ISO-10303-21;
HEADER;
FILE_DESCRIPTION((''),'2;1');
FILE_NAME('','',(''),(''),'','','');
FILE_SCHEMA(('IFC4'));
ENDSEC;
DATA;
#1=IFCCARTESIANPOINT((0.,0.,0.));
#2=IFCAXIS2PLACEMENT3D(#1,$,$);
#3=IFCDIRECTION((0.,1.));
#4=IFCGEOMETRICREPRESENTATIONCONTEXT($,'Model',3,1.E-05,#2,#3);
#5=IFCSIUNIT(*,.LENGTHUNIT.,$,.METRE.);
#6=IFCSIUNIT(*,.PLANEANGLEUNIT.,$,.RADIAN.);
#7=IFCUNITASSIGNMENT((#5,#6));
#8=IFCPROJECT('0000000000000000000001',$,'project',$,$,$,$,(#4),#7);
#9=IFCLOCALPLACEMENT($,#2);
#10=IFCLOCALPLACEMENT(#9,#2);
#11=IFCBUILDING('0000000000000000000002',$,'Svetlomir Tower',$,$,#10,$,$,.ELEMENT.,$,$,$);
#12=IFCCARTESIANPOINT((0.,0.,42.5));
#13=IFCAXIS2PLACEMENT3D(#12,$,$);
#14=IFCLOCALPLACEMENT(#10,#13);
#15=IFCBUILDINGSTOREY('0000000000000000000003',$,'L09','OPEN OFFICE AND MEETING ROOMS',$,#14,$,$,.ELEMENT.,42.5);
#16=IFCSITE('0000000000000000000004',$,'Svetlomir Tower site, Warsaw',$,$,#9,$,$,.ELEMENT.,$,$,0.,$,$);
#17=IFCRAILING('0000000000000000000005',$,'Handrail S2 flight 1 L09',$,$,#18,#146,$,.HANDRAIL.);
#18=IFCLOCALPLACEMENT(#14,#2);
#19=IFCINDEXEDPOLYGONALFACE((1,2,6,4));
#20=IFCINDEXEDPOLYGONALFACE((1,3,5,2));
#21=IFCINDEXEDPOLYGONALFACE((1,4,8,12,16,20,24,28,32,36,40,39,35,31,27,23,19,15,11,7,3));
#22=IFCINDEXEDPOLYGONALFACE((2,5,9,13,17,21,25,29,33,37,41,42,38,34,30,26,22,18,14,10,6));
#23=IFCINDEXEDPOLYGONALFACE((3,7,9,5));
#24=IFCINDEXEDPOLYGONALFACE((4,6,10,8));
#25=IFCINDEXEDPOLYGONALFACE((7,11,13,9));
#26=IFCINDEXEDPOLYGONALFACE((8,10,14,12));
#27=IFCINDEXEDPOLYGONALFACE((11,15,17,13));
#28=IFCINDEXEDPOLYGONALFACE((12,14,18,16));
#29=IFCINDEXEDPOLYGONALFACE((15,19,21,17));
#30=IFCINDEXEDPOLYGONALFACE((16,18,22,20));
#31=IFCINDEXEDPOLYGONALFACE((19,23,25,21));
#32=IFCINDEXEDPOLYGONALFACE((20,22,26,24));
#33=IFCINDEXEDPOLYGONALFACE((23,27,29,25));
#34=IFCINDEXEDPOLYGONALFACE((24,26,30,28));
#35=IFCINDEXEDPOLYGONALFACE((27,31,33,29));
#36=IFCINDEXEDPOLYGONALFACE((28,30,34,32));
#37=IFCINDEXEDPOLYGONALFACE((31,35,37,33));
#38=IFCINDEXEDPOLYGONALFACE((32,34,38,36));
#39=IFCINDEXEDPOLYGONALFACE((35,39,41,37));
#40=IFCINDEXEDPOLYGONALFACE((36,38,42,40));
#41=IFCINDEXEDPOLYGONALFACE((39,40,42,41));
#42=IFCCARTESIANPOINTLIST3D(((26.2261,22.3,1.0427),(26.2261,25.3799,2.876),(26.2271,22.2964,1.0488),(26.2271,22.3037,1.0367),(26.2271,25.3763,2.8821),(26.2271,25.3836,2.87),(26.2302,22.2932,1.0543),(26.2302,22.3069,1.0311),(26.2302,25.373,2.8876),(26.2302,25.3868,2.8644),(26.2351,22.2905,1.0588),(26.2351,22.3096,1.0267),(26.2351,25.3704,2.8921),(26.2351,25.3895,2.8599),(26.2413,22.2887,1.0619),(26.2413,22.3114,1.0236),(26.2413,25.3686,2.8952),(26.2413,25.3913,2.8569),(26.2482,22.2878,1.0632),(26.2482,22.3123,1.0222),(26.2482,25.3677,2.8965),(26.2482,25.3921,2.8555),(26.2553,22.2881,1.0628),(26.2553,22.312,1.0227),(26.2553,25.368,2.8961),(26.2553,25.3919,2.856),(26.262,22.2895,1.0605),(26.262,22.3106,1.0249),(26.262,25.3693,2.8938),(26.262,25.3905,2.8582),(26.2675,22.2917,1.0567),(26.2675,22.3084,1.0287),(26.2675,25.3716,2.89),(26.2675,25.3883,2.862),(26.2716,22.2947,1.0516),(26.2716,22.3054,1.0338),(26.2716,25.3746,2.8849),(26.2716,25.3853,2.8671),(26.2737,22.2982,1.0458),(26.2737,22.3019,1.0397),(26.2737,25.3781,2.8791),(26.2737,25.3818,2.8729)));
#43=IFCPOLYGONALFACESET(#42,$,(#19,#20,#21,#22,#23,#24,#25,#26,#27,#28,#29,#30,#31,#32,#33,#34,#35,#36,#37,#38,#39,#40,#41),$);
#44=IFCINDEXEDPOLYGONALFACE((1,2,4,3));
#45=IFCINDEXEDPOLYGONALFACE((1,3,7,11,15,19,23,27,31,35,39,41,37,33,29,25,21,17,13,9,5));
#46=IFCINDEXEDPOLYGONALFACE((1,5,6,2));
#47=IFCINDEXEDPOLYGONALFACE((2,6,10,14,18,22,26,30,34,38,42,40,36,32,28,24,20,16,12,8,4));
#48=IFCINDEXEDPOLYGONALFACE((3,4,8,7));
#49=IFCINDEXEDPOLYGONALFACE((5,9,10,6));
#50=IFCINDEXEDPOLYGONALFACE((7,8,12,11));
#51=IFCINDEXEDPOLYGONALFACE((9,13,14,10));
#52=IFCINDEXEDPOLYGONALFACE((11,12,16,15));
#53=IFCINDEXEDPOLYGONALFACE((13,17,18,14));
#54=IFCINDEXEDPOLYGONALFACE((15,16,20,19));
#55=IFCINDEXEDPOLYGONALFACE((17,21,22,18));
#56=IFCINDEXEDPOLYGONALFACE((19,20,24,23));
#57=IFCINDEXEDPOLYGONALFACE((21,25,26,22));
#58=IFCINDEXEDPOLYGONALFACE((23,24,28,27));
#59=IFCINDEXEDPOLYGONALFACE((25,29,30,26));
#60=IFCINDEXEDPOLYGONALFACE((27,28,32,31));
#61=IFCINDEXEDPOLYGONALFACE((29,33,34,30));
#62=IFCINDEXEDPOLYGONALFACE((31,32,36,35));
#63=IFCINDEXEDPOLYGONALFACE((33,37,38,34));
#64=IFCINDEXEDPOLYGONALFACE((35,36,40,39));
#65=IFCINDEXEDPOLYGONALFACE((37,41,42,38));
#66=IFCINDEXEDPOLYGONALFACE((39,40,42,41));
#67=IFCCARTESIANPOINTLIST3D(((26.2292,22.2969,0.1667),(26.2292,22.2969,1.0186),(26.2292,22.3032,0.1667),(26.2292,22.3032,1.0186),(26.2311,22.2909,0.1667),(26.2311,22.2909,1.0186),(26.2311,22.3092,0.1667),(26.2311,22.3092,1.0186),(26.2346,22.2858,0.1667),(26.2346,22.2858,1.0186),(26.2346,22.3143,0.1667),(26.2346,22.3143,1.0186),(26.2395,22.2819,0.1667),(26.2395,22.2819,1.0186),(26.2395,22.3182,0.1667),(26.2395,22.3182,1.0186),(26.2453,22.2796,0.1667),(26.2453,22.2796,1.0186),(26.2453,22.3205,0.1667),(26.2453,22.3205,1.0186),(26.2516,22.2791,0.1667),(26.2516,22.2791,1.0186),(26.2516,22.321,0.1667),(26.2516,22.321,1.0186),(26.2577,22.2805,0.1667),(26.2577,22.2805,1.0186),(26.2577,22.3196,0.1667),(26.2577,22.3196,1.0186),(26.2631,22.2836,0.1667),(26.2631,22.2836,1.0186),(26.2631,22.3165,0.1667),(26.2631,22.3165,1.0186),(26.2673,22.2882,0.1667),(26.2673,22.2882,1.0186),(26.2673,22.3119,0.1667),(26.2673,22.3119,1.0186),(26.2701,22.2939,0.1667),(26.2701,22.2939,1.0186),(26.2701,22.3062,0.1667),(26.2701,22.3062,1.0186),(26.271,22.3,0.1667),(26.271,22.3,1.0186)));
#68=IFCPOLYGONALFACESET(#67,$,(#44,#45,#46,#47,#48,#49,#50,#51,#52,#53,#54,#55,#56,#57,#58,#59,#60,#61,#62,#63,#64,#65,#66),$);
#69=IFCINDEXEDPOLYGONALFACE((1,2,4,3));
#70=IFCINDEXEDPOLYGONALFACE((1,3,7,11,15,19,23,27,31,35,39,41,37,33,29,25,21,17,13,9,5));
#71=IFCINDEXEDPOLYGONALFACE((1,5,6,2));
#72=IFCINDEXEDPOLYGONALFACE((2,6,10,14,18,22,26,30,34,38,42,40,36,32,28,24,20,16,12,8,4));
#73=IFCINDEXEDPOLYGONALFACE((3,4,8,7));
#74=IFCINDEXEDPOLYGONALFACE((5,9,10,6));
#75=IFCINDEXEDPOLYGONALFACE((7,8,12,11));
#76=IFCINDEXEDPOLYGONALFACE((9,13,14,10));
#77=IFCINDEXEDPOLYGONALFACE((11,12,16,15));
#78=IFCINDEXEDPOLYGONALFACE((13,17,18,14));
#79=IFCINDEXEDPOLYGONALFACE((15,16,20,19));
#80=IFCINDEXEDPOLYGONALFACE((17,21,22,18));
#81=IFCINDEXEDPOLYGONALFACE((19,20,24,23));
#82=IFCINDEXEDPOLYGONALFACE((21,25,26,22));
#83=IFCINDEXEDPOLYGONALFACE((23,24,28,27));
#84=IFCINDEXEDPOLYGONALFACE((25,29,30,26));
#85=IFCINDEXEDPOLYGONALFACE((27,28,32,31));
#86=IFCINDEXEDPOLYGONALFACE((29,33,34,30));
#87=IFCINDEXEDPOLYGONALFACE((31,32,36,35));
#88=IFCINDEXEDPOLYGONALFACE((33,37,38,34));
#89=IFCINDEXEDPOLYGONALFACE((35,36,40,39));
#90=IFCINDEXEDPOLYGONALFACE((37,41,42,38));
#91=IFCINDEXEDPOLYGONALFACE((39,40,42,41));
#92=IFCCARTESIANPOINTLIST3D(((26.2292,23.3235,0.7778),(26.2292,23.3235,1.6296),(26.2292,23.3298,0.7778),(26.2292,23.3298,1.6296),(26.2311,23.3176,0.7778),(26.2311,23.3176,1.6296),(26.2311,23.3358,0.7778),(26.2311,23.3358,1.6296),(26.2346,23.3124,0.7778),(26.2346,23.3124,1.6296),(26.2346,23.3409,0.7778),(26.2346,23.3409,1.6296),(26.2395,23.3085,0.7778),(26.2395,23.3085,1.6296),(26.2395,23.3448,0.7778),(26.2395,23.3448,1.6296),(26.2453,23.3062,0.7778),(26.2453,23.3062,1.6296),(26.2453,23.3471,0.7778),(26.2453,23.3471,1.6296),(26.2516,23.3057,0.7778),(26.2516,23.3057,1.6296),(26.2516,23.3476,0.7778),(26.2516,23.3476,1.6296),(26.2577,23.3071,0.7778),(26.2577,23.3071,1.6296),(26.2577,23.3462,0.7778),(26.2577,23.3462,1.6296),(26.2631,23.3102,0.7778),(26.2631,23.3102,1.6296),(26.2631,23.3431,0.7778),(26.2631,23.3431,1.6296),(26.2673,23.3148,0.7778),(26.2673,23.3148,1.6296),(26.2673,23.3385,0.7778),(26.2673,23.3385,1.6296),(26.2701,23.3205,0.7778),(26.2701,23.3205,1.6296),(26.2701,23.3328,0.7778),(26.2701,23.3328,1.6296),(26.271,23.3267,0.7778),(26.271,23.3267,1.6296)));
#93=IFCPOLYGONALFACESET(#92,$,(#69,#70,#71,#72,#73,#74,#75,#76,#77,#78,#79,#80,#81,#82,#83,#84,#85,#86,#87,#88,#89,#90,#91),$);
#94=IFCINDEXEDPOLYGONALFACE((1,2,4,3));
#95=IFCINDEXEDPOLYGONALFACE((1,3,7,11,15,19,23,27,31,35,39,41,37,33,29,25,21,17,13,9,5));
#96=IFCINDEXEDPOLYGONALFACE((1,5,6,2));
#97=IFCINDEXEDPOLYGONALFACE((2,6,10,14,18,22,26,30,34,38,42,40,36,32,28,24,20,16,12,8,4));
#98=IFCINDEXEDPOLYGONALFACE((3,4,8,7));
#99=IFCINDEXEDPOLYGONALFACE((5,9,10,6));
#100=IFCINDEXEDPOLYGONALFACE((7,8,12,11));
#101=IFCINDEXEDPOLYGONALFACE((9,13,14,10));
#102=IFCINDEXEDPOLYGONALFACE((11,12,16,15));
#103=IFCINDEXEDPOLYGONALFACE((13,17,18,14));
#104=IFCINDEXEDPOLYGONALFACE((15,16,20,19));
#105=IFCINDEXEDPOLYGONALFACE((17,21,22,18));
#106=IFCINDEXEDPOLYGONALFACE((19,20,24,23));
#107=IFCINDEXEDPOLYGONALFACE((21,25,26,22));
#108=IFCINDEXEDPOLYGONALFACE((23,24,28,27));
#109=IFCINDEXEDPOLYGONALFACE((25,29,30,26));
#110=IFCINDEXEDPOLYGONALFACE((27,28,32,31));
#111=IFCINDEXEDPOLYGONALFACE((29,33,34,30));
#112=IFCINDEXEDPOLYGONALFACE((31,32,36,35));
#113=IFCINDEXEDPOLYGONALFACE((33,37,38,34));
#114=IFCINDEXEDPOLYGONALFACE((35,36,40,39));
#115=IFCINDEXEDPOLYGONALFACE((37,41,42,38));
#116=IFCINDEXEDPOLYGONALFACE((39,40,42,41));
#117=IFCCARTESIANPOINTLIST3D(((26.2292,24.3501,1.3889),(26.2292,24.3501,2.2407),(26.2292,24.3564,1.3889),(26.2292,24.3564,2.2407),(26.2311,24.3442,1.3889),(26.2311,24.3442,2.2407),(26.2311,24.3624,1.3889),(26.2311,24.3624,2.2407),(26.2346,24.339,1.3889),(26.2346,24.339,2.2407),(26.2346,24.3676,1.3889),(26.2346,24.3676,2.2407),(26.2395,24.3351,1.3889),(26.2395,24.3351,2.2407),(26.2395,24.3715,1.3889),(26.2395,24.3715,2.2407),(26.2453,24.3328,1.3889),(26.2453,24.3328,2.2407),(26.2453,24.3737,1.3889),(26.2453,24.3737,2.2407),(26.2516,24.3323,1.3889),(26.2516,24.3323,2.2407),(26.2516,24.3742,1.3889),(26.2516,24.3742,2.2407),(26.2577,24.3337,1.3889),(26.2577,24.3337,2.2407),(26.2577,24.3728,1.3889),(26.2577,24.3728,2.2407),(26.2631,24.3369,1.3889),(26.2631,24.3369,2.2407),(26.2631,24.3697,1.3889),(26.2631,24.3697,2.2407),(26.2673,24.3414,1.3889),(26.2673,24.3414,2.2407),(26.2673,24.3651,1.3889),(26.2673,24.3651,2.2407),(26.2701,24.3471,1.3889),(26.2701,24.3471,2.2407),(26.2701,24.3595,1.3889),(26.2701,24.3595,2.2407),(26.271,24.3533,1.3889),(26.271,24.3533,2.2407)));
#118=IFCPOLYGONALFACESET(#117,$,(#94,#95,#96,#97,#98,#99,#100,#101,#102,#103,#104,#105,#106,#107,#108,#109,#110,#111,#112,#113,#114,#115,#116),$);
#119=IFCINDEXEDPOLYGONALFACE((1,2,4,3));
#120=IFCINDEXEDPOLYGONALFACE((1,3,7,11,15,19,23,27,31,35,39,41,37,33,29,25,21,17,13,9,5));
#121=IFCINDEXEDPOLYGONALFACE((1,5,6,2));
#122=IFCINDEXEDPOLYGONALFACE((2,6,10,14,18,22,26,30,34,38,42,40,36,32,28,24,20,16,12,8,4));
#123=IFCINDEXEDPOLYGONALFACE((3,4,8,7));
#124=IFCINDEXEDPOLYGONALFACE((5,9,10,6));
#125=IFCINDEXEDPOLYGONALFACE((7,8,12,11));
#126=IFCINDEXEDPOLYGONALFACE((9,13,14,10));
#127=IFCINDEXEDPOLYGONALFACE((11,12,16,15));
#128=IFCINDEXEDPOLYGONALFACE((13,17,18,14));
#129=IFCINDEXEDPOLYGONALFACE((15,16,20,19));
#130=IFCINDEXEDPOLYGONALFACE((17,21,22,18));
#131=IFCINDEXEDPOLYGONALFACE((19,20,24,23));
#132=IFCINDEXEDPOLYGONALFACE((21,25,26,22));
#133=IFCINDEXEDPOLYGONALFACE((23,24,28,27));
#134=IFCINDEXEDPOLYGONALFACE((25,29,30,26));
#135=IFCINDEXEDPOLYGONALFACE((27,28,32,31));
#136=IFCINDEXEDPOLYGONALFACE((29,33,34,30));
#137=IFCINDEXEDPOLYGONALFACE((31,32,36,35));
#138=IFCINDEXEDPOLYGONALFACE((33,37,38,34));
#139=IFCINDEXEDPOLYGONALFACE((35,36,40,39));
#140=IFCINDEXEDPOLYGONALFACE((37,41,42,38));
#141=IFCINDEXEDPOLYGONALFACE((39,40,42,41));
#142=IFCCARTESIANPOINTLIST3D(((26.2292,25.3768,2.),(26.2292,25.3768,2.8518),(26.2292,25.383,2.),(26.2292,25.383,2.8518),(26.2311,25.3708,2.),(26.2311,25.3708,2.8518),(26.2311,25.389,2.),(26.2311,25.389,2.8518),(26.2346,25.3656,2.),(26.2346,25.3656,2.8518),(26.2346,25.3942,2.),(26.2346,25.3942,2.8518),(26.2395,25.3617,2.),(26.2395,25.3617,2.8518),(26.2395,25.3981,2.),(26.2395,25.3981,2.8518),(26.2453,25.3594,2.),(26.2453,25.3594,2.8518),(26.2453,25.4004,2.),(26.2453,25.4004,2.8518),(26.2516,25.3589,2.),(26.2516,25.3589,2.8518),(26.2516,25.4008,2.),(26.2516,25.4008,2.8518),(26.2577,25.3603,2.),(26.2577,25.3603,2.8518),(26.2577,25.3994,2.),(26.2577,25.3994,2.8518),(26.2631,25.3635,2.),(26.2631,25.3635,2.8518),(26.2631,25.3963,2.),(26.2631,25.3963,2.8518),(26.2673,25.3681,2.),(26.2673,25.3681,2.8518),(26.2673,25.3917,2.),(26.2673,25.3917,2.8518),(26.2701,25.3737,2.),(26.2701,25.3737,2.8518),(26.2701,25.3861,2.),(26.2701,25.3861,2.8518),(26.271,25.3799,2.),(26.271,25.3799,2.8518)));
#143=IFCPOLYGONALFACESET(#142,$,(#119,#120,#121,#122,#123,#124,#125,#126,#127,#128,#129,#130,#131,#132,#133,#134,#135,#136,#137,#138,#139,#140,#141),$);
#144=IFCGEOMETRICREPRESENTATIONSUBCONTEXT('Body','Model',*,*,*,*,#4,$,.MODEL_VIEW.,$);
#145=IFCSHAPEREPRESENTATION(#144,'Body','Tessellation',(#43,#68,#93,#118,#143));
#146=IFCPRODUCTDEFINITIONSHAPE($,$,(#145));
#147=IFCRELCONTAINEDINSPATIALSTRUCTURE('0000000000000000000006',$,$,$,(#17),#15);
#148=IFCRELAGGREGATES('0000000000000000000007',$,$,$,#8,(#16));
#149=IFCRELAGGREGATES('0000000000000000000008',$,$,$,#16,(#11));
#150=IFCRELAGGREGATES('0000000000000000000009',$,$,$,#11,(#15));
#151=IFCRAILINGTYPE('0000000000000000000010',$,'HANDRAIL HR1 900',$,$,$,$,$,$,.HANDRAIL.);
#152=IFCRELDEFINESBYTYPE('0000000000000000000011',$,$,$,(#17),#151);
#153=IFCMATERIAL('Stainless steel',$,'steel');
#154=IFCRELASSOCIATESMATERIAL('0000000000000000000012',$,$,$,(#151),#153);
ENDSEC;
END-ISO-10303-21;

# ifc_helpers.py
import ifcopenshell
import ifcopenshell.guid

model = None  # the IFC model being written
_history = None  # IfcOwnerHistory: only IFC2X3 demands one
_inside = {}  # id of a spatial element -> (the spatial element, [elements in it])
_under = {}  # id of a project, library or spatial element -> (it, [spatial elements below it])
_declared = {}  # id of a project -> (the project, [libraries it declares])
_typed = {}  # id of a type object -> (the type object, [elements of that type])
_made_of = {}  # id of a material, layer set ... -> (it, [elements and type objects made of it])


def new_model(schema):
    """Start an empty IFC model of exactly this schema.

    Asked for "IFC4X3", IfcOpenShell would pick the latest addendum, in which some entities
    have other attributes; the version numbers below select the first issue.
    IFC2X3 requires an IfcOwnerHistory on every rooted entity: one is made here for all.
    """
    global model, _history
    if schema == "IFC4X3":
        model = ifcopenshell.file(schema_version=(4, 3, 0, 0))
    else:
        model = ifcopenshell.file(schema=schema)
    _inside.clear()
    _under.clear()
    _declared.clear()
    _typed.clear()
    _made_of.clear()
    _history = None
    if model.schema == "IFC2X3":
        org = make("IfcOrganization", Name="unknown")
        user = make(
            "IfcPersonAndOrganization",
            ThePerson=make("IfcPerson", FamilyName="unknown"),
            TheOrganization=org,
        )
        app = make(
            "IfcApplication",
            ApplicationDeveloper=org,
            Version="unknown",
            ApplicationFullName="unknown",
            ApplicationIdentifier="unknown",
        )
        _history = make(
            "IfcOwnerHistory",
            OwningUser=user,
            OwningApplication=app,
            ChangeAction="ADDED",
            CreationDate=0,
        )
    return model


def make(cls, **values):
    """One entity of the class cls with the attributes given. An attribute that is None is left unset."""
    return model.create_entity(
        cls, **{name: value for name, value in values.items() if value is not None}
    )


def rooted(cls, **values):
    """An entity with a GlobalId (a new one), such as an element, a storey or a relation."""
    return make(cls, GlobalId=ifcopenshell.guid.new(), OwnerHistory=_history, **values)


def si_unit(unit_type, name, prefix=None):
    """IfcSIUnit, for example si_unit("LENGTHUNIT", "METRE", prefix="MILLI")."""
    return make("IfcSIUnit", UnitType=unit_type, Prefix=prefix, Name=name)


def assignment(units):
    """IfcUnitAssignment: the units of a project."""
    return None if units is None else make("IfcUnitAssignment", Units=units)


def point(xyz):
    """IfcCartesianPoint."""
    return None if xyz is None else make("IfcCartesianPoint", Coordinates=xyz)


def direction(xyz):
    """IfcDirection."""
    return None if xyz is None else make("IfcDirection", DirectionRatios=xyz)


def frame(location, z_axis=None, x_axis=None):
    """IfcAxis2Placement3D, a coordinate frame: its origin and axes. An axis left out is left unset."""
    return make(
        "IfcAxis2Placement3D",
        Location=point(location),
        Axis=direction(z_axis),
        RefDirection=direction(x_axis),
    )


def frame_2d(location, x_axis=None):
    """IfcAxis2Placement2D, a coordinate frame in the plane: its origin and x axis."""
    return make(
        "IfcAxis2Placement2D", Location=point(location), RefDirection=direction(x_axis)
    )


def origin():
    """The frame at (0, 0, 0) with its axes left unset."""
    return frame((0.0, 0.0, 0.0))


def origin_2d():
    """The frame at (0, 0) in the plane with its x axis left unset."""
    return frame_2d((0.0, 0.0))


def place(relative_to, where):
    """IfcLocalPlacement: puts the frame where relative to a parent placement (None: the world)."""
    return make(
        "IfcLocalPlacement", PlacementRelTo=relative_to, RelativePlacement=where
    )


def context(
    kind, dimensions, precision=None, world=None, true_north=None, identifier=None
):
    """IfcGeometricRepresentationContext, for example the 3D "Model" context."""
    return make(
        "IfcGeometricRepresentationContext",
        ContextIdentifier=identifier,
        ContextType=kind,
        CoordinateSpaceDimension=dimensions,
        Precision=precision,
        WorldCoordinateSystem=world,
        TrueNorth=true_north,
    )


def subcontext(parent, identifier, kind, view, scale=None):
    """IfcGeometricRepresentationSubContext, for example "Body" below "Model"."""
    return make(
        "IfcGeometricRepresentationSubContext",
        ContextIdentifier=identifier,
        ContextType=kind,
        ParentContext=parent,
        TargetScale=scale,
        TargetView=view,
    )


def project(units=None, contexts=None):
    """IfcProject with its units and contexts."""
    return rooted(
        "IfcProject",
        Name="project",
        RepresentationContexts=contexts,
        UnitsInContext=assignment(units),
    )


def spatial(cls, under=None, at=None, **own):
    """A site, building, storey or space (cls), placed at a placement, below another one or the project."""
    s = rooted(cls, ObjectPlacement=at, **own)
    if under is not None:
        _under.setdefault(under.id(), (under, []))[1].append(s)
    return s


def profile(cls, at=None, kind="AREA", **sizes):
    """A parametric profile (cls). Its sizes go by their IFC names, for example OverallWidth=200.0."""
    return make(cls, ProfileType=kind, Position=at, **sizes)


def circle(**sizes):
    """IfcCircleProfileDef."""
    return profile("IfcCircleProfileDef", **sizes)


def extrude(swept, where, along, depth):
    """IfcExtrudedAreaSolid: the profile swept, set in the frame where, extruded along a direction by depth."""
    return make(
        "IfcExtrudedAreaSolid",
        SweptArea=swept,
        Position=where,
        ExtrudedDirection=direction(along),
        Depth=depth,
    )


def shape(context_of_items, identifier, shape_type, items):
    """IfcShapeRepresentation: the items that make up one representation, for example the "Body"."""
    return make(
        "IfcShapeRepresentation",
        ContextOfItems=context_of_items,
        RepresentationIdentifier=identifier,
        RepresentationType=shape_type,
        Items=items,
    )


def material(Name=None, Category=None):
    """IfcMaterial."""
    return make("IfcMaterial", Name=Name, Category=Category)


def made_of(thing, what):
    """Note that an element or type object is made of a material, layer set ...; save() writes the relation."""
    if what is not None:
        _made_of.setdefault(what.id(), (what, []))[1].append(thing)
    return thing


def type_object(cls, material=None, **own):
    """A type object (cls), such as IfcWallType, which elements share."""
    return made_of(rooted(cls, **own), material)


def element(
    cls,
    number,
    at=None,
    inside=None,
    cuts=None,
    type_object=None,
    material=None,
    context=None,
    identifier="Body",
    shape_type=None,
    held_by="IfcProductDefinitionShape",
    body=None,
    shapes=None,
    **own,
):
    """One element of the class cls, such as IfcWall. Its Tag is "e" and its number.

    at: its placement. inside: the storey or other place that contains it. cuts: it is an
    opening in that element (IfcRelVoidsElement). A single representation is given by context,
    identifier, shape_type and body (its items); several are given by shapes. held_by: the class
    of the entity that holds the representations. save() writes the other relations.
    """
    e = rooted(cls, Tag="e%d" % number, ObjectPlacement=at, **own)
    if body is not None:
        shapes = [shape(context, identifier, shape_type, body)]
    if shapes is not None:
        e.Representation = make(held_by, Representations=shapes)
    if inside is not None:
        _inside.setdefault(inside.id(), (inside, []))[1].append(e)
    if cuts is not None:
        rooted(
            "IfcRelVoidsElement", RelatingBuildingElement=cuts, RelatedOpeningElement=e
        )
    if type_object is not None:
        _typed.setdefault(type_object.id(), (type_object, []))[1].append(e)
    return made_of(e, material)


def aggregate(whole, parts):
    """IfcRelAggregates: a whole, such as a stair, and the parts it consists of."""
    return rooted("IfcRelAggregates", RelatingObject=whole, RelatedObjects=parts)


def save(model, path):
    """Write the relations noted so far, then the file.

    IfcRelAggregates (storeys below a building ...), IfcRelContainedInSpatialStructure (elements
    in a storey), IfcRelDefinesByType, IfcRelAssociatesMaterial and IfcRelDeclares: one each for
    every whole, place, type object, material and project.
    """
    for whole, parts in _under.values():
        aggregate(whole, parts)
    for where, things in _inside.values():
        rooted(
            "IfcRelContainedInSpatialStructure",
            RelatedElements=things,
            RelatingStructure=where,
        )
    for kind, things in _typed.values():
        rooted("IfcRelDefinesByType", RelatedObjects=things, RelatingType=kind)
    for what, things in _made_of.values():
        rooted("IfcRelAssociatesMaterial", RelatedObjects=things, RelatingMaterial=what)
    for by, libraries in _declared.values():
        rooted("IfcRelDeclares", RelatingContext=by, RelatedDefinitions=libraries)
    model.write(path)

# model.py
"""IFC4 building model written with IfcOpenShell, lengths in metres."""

from ifc_helpers import new_model, si_unit, direction, frame, origin, origin_2d, place, context, subcontext, project, spatial, circle, extrude, material, type_object, element, save


model = new_model("IFC4")

# Units and contexts
model_context = context("Model", 3, precision=1e-05, world=origin(), true_north=direction((0.0, 1.0)))
body_context = subcontext(model_context, "Body", "Model", "MODEL_VIEW")
ifc_project = project(units=[si_unit("LENGTHUNIT", "METRE"), si_unit("PLANEANGLEUNIT", "RADIAN")], contexts=[model_context])

# Site, building, storey
site_placement = place(None, origin())
site = spatial("IfcSite", under=ifc_project, at=site_placement, Name="Svetlomir Tower site, Warsaw", CompositionType="ELEMENT", RefElevation=0.0)
building_placement = place(site_placement, origin())
building = spatial("IfcBuilding", under=site, at=building_placement, Name="Svetlomir Tower", CompositionType="ELEMENT")
storey_placement = place(building_placement, frame((0.0, 0.0, 42.5)))
storey = spatial("IfcBuildingStorey", under=building, at=storey_placement, Name="L09", Description="OPEN OFFICE AND MEETING ROOMS", CompositionType="ELEMENT", Elevation=42.5)

# Railing
ifc_material_1 = material(Name="Stainless steel", Category="steel")
railing_type = type_object("IfcRailingType", Name="HANDRAIL HR1 900", PredefinedType="HANDRAIL", material=ifc_material_1)
railing_1_placement = place(storey_placement, frame((26.25, 22.3, 0.1667)))
element("IfcRailing", 1, at=railing_1_placement, inside=storey, type_object=railing_type, Name="Handrail S2 flight 1 L09", PredefinedType="HANDRAIL", context=body_context, shape_type="SweptSolid", body=[
    extrude(circle(Radius=0.0239, at=origin_2d()), frame((0.0, 0.0, 0.876), z_axis=(0.0, 0.859291, 0.511487), x_axis=(-1.0, 0.0, 0.0)), (0.0, 0.0, 1.0), 3.5842),
    extrude(circle(Radius=0.021, at=origin_2d()), origin(), (0.0, 0.0, 1.0), 0.8518),
    extrude(circle(Radius=0.021, at=origin_2d()), frame((0.0, 1.0266, 0.6111)), (0.0, 0.0, 1.0), 0.8518),
    extrude(circle(Radius=0.021, at=origin_2d()), frame((0.0, 2.0532, 1.2222)), (0.0, 0.0, 1.0), 0.8518),
    extrude(circle(Radius=0.021, at=origin_2d()), frame((0.0, 3.0798, 1.8333)), (0.0, 0.0, 1.0), 0.8518),
])

save(model, "model.ifc")
